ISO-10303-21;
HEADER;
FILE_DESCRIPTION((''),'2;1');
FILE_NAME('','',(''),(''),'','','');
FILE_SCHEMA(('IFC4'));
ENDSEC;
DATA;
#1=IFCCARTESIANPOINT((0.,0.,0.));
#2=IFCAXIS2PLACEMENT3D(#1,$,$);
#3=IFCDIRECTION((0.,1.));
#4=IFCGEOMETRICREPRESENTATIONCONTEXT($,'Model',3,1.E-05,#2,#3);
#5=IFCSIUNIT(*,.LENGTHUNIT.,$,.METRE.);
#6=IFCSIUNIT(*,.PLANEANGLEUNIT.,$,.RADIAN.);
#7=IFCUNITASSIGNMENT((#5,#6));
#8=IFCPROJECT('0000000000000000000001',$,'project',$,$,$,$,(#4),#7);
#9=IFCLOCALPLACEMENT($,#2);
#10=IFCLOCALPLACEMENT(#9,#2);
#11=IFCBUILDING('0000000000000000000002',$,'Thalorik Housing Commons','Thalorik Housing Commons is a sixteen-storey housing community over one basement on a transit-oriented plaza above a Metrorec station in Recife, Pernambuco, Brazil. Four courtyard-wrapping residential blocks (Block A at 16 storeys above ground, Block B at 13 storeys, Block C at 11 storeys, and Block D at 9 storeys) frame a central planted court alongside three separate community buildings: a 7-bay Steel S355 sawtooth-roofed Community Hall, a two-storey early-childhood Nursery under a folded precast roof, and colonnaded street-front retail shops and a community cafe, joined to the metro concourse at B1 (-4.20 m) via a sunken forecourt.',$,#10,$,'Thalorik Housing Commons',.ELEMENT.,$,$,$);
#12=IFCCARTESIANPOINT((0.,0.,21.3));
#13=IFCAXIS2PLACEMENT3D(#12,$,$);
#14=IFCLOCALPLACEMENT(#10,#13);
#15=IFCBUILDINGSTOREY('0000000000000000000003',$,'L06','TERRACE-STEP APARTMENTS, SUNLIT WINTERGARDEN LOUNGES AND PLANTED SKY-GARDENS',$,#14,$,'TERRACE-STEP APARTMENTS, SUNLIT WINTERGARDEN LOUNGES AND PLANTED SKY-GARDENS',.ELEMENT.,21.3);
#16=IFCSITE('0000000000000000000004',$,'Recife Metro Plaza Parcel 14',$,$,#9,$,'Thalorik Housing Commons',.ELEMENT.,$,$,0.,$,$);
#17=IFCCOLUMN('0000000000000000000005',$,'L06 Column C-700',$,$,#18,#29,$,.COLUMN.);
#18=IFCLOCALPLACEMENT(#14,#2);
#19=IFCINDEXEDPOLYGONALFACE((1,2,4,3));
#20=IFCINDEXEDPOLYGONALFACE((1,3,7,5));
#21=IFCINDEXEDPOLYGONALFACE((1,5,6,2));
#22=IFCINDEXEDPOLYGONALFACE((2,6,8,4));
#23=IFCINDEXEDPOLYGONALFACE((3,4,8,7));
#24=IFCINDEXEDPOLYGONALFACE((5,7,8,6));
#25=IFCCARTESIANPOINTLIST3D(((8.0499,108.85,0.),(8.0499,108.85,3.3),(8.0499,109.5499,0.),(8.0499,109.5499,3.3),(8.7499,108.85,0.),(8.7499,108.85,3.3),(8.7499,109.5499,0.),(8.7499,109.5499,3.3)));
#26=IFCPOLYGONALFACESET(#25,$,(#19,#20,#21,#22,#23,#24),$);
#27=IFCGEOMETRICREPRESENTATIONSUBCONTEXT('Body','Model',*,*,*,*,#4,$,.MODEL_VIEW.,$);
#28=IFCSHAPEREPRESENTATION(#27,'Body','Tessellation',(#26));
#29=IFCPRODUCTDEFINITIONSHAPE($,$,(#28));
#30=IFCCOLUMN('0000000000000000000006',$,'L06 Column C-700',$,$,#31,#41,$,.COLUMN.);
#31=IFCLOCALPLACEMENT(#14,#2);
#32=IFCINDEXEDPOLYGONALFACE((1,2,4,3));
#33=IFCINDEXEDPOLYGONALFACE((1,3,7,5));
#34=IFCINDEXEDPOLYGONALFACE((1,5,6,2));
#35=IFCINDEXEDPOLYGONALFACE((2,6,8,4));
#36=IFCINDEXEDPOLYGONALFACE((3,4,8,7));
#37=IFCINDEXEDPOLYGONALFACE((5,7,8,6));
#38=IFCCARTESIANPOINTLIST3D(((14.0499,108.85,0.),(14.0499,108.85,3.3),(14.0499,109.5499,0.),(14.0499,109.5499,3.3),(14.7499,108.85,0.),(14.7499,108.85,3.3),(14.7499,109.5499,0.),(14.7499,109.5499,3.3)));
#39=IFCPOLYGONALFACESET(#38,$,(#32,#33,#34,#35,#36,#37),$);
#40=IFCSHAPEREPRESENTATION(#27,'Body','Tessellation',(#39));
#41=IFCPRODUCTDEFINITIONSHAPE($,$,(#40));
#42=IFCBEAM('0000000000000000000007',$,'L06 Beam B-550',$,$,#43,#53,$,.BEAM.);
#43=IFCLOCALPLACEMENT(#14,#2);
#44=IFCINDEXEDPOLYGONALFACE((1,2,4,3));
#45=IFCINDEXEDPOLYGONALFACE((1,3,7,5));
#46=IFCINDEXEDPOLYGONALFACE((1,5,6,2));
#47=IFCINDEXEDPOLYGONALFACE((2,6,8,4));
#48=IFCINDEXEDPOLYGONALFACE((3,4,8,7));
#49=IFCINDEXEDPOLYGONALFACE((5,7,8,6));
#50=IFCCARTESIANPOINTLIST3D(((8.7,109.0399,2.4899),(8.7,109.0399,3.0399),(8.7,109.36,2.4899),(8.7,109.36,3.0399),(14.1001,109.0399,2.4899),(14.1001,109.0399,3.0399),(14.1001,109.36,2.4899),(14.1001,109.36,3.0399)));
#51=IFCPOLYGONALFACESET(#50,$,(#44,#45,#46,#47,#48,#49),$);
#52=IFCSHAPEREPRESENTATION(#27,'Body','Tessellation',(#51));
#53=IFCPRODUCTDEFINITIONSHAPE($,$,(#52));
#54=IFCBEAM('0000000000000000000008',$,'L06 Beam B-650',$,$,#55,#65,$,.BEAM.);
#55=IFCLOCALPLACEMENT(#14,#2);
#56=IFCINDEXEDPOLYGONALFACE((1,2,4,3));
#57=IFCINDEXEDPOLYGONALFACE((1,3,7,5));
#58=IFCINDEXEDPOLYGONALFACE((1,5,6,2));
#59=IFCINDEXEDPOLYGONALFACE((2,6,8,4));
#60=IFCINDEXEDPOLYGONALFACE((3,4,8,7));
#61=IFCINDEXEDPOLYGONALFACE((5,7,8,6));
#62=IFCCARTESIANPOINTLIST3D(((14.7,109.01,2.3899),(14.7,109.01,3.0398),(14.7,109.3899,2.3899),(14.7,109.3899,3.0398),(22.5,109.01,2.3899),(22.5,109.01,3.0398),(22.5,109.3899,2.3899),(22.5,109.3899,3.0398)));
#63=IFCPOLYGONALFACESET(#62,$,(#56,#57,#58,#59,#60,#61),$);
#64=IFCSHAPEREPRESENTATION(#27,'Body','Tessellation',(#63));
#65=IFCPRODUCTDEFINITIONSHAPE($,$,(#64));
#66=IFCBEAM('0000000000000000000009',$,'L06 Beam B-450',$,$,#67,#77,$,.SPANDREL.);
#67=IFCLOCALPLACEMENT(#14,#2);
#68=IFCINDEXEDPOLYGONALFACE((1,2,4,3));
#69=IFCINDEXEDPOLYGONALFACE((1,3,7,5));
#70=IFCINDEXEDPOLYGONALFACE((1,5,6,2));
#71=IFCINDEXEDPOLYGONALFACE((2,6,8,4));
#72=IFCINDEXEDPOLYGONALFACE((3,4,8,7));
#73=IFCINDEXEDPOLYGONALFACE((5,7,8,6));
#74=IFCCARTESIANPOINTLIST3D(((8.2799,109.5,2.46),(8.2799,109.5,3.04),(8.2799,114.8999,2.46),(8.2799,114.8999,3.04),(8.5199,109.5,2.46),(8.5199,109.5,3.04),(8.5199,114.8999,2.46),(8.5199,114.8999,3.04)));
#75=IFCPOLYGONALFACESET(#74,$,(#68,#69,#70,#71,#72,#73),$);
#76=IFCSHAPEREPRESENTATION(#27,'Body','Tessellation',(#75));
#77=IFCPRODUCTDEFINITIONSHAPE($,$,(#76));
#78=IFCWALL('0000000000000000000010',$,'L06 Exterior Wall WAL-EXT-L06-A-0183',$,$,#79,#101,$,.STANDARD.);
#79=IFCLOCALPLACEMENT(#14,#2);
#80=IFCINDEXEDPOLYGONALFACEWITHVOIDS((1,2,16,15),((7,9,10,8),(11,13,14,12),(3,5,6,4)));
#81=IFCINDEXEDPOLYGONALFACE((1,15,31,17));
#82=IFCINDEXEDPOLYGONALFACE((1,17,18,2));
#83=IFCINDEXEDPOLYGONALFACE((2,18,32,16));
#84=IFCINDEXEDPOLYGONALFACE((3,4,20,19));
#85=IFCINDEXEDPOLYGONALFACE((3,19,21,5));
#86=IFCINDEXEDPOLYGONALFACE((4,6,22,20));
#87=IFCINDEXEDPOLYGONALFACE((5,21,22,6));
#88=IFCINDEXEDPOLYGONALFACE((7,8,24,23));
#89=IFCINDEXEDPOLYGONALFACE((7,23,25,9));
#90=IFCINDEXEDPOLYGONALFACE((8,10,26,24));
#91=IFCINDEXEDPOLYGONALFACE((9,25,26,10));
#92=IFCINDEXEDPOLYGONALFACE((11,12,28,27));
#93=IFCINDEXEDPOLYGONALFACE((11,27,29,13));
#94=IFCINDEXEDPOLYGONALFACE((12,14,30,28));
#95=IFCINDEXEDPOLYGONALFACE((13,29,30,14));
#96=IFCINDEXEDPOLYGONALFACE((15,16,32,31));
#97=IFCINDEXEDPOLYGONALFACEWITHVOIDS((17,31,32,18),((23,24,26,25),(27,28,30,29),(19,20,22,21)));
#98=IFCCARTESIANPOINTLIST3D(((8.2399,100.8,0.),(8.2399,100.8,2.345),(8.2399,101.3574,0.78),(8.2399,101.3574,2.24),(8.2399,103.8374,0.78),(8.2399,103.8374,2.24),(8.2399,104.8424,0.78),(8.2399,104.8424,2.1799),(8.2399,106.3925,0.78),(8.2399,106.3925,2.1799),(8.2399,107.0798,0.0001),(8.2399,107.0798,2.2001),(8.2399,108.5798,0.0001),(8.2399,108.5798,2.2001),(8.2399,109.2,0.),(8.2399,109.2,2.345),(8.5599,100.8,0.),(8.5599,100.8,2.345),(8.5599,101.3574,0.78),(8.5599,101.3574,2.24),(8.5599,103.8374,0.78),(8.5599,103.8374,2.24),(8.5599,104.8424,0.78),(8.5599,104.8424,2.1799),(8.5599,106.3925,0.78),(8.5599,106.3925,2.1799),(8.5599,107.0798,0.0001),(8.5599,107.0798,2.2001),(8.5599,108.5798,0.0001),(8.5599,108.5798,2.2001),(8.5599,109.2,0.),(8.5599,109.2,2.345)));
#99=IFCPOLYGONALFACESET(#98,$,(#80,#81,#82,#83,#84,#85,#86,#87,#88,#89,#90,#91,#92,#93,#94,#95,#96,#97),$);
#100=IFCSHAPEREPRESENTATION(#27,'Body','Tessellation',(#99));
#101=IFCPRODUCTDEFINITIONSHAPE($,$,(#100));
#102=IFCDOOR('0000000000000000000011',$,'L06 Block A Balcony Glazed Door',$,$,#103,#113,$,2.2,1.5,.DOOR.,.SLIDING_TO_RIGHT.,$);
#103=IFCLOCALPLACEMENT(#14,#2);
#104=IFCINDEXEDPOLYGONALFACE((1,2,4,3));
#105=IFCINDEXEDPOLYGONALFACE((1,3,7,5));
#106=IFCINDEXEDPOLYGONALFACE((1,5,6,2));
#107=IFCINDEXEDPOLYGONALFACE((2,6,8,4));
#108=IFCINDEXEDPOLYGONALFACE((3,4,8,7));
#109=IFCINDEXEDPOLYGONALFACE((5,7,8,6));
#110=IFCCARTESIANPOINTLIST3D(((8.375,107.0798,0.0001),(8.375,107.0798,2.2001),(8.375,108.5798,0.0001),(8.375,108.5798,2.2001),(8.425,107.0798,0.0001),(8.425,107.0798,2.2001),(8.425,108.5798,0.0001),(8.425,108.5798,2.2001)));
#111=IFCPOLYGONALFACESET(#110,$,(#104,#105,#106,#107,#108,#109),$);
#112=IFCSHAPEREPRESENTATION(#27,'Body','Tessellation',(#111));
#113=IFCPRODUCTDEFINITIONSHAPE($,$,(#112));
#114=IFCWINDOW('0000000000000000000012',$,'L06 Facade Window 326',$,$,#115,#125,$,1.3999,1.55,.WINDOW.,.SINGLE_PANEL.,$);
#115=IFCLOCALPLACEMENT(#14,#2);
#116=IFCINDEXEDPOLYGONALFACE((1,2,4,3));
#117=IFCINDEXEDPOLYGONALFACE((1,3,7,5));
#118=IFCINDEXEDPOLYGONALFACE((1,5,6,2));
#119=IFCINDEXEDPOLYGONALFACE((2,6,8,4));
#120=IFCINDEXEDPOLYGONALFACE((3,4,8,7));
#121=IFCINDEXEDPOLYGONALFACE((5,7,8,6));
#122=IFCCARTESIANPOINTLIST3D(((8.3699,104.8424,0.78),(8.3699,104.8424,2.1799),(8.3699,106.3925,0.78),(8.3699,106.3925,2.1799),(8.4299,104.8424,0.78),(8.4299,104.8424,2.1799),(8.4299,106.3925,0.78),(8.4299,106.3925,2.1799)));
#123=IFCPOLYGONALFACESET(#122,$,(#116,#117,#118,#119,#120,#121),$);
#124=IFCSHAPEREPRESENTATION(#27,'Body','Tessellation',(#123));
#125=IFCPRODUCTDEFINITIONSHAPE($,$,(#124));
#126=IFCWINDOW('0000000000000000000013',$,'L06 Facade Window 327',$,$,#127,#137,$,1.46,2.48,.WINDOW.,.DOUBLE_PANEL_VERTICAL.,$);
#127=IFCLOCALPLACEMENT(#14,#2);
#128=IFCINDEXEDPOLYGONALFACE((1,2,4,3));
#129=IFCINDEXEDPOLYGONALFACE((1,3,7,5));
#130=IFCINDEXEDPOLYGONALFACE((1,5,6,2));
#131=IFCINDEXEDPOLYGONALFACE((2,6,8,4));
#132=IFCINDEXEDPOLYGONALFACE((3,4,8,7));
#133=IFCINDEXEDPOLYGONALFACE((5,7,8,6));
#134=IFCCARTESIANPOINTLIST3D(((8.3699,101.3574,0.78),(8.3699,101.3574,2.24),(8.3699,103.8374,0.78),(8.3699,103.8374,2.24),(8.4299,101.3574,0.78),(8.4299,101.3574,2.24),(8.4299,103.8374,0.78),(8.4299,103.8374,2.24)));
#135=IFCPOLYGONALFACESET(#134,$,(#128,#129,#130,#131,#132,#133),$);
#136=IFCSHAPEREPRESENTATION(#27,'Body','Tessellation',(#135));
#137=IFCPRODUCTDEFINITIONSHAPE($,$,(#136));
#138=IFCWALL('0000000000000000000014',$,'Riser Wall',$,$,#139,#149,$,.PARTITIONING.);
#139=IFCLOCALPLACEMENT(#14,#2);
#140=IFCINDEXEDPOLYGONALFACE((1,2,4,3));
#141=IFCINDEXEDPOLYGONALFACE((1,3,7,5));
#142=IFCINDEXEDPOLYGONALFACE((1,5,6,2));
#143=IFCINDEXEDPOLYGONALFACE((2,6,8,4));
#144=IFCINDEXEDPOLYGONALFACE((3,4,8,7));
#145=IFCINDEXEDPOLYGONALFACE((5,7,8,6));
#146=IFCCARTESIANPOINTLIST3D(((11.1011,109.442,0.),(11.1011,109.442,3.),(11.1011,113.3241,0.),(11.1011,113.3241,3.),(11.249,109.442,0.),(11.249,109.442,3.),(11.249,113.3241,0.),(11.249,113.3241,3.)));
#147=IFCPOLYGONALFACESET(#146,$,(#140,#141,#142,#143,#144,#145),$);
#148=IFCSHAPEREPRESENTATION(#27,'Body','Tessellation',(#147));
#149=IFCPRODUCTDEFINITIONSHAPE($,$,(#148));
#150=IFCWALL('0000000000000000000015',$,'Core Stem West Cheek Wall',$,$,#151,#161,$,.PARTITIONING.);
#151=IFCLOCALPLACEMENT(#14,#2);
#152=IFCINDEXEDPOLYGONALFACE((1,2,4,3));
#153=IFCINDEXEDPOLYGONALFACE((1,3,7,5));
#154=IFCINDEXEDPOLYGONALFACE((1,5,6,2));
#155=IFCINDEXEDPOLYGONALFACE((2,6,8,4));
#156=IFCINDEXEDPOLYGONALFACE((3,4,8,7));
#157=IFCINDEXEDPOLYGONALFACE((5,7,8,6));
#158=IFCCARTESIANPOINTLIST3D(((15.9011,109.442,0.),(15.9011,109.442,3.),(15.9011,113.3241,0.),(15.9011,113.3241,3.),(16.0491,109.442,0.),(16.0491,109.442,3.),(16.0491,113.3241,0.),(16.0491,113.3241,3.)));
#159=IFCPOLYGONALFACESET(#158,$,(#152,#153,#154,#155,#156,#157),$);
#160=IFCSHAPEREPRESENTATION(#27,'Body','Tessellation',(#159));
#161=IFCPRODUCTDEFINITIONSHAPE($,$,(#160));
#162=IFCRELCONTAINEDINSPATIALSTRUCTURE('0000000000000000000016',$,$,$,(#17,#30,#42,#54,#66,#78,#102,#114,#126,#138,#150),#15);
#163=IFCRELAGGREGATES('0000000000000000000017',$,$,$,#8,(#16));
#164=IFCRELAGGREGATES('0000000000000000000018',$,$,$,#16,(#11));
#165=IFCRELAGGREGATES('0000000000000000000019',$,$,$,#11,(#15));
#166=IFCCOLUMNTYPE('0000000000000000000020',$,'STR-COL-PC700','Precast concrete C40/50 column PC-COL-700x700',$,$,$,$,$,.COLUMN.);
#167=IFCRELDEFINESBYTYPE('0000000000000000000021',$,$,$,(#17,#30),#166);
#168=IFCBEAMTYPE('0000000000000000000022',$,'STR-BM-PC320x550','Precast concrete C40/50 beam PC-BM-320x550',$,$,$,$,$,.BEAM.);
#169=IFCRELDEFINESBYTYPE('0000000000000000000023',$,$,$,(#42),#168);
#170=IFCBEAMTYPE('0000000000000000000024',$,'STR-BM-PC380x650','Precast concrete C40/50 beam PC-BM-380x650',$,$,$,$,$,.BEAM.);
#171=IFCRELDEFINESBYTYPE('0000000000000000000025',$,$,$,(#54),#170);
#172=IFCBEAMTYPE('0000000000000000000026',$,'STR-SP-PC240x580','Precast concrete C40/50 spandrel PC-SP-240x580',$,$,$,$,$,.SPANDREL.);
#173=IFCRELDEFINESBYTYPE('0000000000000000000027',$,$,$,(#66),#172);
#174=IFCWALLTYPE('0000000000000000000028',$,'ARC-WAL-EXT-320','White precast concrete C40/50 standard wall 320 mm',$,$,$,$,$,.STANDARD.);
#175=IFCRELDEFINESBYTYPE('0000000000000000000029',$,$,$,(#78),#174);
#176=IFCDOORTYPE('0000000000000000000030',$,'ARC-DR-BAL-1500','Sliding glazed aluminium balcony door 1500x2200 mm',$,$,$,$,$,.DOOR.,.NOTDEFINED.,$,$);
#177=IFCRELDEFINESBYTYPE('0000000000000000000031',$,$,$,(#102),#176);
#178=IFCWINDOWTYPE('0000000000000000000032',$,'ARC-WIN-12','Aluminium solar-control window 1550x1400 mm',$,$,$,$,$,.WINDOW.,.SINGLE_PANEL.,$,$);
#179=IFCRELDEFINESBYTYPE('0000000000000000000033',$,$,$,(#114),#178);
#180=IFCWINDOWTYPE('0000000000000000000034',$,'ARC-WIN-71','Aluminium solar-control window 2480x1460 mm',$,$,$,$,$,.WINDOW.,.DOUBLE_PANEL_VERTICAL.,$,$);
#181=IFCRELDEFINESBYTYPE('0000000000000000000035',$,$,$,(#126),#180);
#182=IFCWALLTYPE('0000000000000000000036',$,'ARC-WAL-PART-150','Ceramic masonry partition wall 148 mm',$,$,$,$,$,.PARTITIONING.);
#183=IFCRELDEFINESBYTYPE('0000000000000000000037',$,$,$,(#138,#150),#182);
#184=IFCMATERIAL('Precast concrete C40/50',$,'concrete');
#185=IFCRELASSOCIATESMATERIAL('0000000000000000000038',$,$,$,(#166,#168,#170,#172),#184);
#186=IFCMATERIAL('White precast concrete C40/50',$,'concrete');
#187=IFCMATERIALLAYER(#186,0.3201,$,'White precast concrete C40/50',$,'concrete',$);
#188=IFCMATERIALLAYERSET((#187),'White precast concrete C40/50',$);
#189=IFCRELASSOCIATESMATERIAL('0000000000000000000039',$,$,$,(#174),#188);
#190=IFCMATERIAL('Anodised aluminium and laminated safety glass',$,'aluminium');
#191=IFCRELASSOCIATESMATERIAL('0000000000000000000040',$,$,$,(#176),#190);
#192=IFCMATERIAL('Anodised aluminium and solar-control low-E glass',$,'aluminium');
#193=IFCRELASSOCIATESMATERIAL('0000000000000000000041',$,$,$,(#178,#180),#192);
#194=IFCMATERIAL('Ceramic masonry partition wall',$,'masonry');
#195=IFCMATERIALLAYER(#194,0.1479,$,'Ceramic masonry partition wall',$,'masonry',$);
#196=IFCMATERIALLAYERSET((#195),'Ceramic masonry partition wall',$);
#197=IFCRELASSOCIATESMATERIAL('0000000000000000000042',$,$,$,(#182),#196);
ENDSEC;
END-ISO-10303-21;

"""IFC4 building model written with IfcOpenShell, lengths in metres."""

from ifc_helpers import new_model, si_unit, direction, frame, frame_2d, origin, origin_2d, place, context, subcontext, project, spatial, rectangle, extrude, material, layer, layer_set, material_profile, profile_set, type_object, element, fill, save


model = new_model("IFC4")

# Units and contexts
model_context = context("Model", 3, precision=1e-05, world=origin(), true_north=direction((0.0, 1.0)))
body_context = subcontext(model_context, "Body", "Model", "MODEL_VIEW")
ifc_project = project(units=[si_unit("LENGTHUNIT", "METRE"), si_unit("PLANEANGLEUNIT", "RADIAN")], contexts=[model_context])

# Site, building, storey
site_placement = place(None, origin())
site = spatial("IfcSite", under=ifc_project, at=site_placement, Name="Recife Metro Plaza Parcel 14", LongName="Thalorik Housing Commons", CompositionType="ELEMENT", RefElevation=0.0)
building_placement = place(site_placement, origin())
building = spatial("IfcBuilding", under=site, at=building_placement, Name="Thalorik Housing Commons", Description="Thalorik Housing Commons is a sixteen-storey housing community over one basement on a transit-oriented plaza above a Metrorec station in Recife, Pernambuco, Brazil. Four courtyard-wrapping residential blocks (Block A at 16 storeys above ground, Block B at 13 storeys, Block C at 11 storeys, and Block D at 9 storeys) frame a central planted court alongside three separate community buildings: a 7-bay Steel S355 sawtooth-roofed Community Hall, a two-storey early-childhood Nursery under a folded precast roof, and colonnaded street-front retail shops and a community cafe, joined to the metro concourse at B1 (-4.20 m) via a sunken forecourt.", LongName="Thalorik Housing Commons", CompositionType="ELEMENT")
storey_placement = place(building_placement, frame((0.0, 0.0, 21.3)))
storey = spatial("IfcBuildingStorey", under=building, at=storey_placement, Name="L06", Description="TERRACE-STEP APARTMENTS, SUNLIT WINTERGARDEN LOUNGES AND PLANTED SKY-GARDENS", LongName="TERRACE-STEP APARTMENTS, SUNLIT WINTERGARDEN LOUNGES AND PLANTED SKY-GARDENS", CompositionType="ELEMENT", Elevation=21.3)

# Columns
ifc_material_1 = material(Name="Precast concrete C40/50", Category="concrete")
ifc_material_profile_1 = material_profile(ifc_material_1, rectangle(XDim=0.7, YDim=0.7, at=origin_2d()), Name="PC 700x700", Category="concrete")
ifc_profile_set_1 = profile_set([ifc_material_profile_1], Name="Precast concrete C40/50")
column_type = type_object("IfcColumnType", Name="STR-COL-PC700", Description="Precast concrete C40/50 column PC-COL-700x700", PredefinedType="COLUMN", material=ifc_profile_set_1)
for number, where, z_axis, x_axis, name in (
    (1, (8.3999, 109.2, 0.0), (0.0, 0.0, 1.0), (1.0, 0.0, 0.0), "L06 Column C-700"),
    (2, (14.3999, 109.2, 0.0), (0.0, 0.0, 1.0), (1.0, 0.0, 0.0), "L06 Column C-700"),
):
    element("IfcColumn", number, at=place(storey_placement, frame(where, z_axis=z_axis, x_axis=x_axis)), inside=storey, type_object=column_type, Name=name, PredefinedType="COLUMN", context=body_context, shape_type="SweptSolid", body=[
        extrude(rectangle(XDim=0.7, YDim=0.7, at=origin_2d()), origin(), (0.0, 0.0, 1.0), 3.3),
    ])

# Beams
ifc_material_profile_2 = material_profile(ifc_material_1, rectangle(XDim=0.3201, YDim=0.55, at=origin_2d()), Name="PC 320x550", Category="concrete")
ifc_profile_set_2 = profile_set([ifc_material_profile_2], Name="Precast concrete C40/50")
beam_type_1 = type_object("IfcBeamType", Name="STR-BM-PC320x550", Description="Precast concrete C40/50 beam PC-BM-320x550", PredefinedType="BEAM", material=ifc_profile_set_2)
beam_1_placement = place(storey_placement, frame((8.7, 109.2, 2.7649), z_axis=(1.0, 0.0, 0.0), x_axis=(0.0, 1.0, 0.0)))
element("IfcBeam", 3, at=beam_1_placement, inside=storey, type_object=beam_type_1, Name="L06 Beam B-550", PredefinedType="BEAM", context=body_context, shape_type="SweptSolid", body=[
    extrude(rectangle(XDim=0.3201, YDim=0.55, at=origin_2d()), origin(), (0.0, 0.0, 1.0), 5.4001),
])
ifc_material_profile_3 = material_profile(ifc_material_1, rectangle(XDim=0.3799, YDim=0.6499, at=origin_2d()), Name="PC 380x650", Category="concrete")
ifc_profile_set_3 = profile_set([ifc_material_profile_3], Name="Precast concrete C40/50")
beam_type_2 = type_object("IfcBeamType", Name="STR-BM-PC380x650", Description="Precast concrete C40/50 beam PC-BM-380x650", PredefinedType="BEAM", material=ifc_profile_set_3)
beam_2_placement = place(storey_placement, frame((14.7, 109.2, 2.7148), z_axis=(1.0, 0.0, 0.0), x_axis=(0.0, 1.0, 0.0)))
element("IfcBeam", 4, at=beam_2_placement, inside=storey, type_object=beam_type_2, Name="L06 Beam B-650", PredefinedType="BEAM", context=body_context, shape_type="SweptSolid", body=[
    extrude(rectangle(XDim=0.3799, YDim=0.6499, at=origin_2d()), origin(), (0.0, 0.0, 1.0), 7.8),
])
ifc_material_profile_4 = material_profile(ifc_material_1, rectangle(XDim=0.24, YDim=0.5801, at=origin_2d()), Name="PC SP 240x580", Category="concrete")
ifc_profile_set_4 = profile_set([ifc_material_profile_4], Name="Precast concrete C40/50")
beam_type_3 = type_object("IfcBeamType", Name="STR-SP-PC240x580", Description="Precast concrete C40/50 spandrel PC-SP-240x580", PredefinedType="SPANDREL", material=ifc_profile_set_4)
beam_3_placement = place(storey_placement, frame((8.3999, 109.5, 2.75), z_axis=(0.0, 1.0, 0.0), x_axis=(-1.0, 0.0, 0.0)))
element("IfcBeam", 5, at=beam_3_placement, inside=storey, type_object=beam_type_3, Name="L06 Beam B-450", PredefinedType="SPANDREL", context=body_context, shape_type="SweptSolid", body=[
    extrude(rectangle(XDim=0.24, YDim=0.5801, at=origin_2d()), origin(), (0.0, 0.0, 1.0), 5.3999),
])

# Wall, openings, door, windows
ifc_material_2 = material(Name="White precast concrete C40/50", Category="concrete")
ifc_layer_1 = layer(ifc_material_2, 0.3201, Name="White precast concrete C40/50", Category="concrete")
ifc_layer_set_1 = layer_set([ifc_layer_1], Name="White precast concrete C40/50")
wall_type_1 = type_object("IfcWallType", Name="ARC-WAL-EXT-320", Description="White precast concrete C40/50 standard wall 320 mm", PredefinedType="STANDARD", material=ifc_layer_set_1)
wall_1_placement = place(storey_placement, frame((8.3999, 109.2, 0.0), z_axis=(0.0, 0.0, 1.0), x_axis=(0.0, -1.0, 0.0)))
wall_1 = element("IfcWall", 6, at=wall_1_placement, inside=storey, type_object=wall_type_1, Name="L06 Exterior Wall WAL-EXT-L06-A-0183", PredefinedType="STANDARD", context=body_context, shape_type="SweptSolid", body=[
    extrude(rectangle(XDim=8.3999, YDim=0.3201, at=frame_2d((4.2, 0.0))), origin(), (0.0, 0.0, 1.0), 2.345),
])
opening_1_placement = place(wall_1_placement, frame((0.6201, 0.0, 0.0)))
opening_1 = element("IfcOpeningElement", 7, at=opening_1_placement, cuts=wall_1, PredefinedType="OPENING", context=body_context, shape_type="SweptSolid", body=[
    extrude(rectangle(XDim=1.5, YDim=2.2, at=frame_2d((0.75, 1.1001))), frame((0.0, 0.1699, 0.0), z_axis=(0.0, -1.0, 0.0), x_axis=(1.0, 0.0, 0.0)), (0.0, 0.0, 1.0), 0.3401),
])
opening_2_placement = place(wall_1_placement, frame((2.8076, 0.0, 0.78)))
opening_2 = element("IfcOpeningElement", 8, at=opening_2_placement, cuts=wall_1, PredefinedType="OPENING", context=body_context, shape_type="SweptSolid", body=[
    extrude(rectangle(XDim=1.55, YDim=1.3999, at=frame_2d((0.7749, 0.7))), frame((0.0, 0.1699, 0.0), z_axis=(0.0, -1.0, 0.0), x_axis=(1.0, 0.0, 0.0)), (0.0, 0.0, 1.0), 0.3401),
])
opening_3_placement = place(wall_1_placement, frame((5.3625, 0.0, 0.78)))
opening_3 = element("IfcOpeningElement", 9, at=opening_3_placement, cuts=wall_1, PredefinedType="OPENING", context=body_context, shape_type="SweptSolid", body=[
    extrude(rectangle(XDim=2.48, YDim=1.46, at=frame_2d((1.24, 0.73))), frame((0.0, 0.1699, 0.0), z_axis=(0.0, -1.0, 0.0), x_axis=(1.0, 0.0, 0.0)), (0.0, 0.0, 1.0), 0.3401),
])
ifc_material_3 = material(Name="Anodised aluminium and laminated safety glass", Category="aluminium")
door_type_1 = type_object("IfcDoorType", Name="ARC-DR-BAL-1500", Description="Sliding glazed aluminium balcony door 1500x2200 mm", OperationType="NOTDEFINED", PredefinedType="DOOR", material=ifc_material_3)
door_1_placement = place(opening_1_placement, frame((1.5, 0.0, 0.0), z_axis=(0.0, 0.0, 1.0), x_axis=(-1.0, 0.0, 0.0)))
door_1 = element("IfcDoor", 10, at=door_1_placement, inside=storey, type_object=door_type_1, Name="L06 Block A Balcony Glazed Door", OperationType="SLIDING_TO_RIGHT", OverallHeight=2.2, OverallWidth=1.5, PredefinedType="DOOR", context=body_context, shape_type="SweptSolid", body=[
    extrude(rectangle(XDim=1.5, YDim=2.2, at=frame_2d((0.75, 1.1001))), frame((0.0, 0.0249, 0.0), z_axis=(0.0, -1.0, 0.0), x_axis=(1.0, 0.0, 0.0)), (0.0, 0.0, 1.0), 0.05),
])
fill(opening_1, door_1)
ifc_material_4 = material(Name="Anodised aluminium and solar-control low-E glass", Category="aluminium")
window_type_1 = type_object("IfcWindowType", Name="ARC-WIN-12", Description="Aluminium solar-control window 1550x1400 mm", PartitioningType="SINGLE_PANEL", PredefinedType="WINDOW", material=ifc_material_4)
window_1_placement = place(opening_2_placement, origin())
window_1 = element("IfcWindow", 11, at=window_1_placement, inside=storey, type_object=window_type_1, Name="L06 Facade Window 326", OverallHeight=1.3999, OverallWidth=1.55, PartitioningType="SINGLE_PANEL", PredefinedType="WINDOW", context=body_context, shape_type="SweptSolid", body=[
    extrude(rectangle(XDim=1.55, YDim=1.3999, at=frame_2d((0.7749, 0.7))), frame((0.0, 0.03, 0.0), z_axis=(0.0, -1.0, 0.0), x_axis=(1.0, 0.0, 0.0)), (0.0, 0.0, 1.0), 0.0601),
])
fill(opening_2, window_1)
window_type_2 = type_object("IfcWindowType", Name="ARC-WIN-71", Description="Aluminium solar-control window 2480x1460 mm", PartitioningType="DOUBLE_PANEL_VERTICAL", PredefinedType="WINDOW", material=ifc_material_4)
window_2_placement = place(opening_3_placement, origin())
window_2 = element("IfcWindow", 12, at=window_2_placement, inside=storey, type_object=window_type_2, Name="L06 Facade Window 327", OverallHeight=1.46, OverallWidth=2.48, PartitioningType="DOUBLE_PANEL_VERTICAL", PredefinedType="WINDOW", context=body_context, shape_type="SweptSolid", body=[
    extrude(rectangle(XDim=2.48, YDim=1.46, at=frame_2d((1.24, 0.73))), frame((0.0, 0.03, 0.0), z_axis=(0.0, -1.0, 0.0), x_axis=(1.0, 0.0, 0.0)), (0.0, 0.0, 1.0), 0.0601),
])
fill(opening_3, window_2)

# Walls
ifc_material_5 = material(Name="Ceramic masonry partition wall", Category="masonry")
ifc_layer_2 = layer(ifc_material_5, 0.1479, Name="Ceramic masonry partition wall", Category="masonry")
ifc_layer_set_2 = layer_set([ifc_layer_2], Name="Ceramic masonry partition wall")
wall_type_2 = type_object("IfcWallType", Name="ARC-WAL-PART-150", Description="Ceramic masonry partition wall 148 mm", PredefinedType="PARTITIONING", material=ifc_layer_set_2)
for number, where, z_axis, x_axis, name in (
    (13, (11.175, 113.324, 0.0), (0.0, 0.0, 1.0), (0.0, -1.0, 0.0), "Riser Wall"),
    (14, (15.9751, 113.324, 0.0), (0.0, 0.0, 1.0), (0.0, -1.0, 0.0), "Core Stem West Cheek Wall"),
):
    element("IfcWall", number, at=place(storey_placement, frame(where, z_axis=z_axis, x_axis=x_axis)), inside=storey, type_object=wall_type_2, Name=name, PredefinedType="PARTITIONING", context=body_context, shape_type="SweptSolid", body=[
        extrude(rectangle(XDim=3.8821, YDim=0.1479, at=frame_2d((1.9409, 0.0))), origin(), (0.0, 0.0, 1.0), 3.0),
    ])

save(model, "model.ifc")
